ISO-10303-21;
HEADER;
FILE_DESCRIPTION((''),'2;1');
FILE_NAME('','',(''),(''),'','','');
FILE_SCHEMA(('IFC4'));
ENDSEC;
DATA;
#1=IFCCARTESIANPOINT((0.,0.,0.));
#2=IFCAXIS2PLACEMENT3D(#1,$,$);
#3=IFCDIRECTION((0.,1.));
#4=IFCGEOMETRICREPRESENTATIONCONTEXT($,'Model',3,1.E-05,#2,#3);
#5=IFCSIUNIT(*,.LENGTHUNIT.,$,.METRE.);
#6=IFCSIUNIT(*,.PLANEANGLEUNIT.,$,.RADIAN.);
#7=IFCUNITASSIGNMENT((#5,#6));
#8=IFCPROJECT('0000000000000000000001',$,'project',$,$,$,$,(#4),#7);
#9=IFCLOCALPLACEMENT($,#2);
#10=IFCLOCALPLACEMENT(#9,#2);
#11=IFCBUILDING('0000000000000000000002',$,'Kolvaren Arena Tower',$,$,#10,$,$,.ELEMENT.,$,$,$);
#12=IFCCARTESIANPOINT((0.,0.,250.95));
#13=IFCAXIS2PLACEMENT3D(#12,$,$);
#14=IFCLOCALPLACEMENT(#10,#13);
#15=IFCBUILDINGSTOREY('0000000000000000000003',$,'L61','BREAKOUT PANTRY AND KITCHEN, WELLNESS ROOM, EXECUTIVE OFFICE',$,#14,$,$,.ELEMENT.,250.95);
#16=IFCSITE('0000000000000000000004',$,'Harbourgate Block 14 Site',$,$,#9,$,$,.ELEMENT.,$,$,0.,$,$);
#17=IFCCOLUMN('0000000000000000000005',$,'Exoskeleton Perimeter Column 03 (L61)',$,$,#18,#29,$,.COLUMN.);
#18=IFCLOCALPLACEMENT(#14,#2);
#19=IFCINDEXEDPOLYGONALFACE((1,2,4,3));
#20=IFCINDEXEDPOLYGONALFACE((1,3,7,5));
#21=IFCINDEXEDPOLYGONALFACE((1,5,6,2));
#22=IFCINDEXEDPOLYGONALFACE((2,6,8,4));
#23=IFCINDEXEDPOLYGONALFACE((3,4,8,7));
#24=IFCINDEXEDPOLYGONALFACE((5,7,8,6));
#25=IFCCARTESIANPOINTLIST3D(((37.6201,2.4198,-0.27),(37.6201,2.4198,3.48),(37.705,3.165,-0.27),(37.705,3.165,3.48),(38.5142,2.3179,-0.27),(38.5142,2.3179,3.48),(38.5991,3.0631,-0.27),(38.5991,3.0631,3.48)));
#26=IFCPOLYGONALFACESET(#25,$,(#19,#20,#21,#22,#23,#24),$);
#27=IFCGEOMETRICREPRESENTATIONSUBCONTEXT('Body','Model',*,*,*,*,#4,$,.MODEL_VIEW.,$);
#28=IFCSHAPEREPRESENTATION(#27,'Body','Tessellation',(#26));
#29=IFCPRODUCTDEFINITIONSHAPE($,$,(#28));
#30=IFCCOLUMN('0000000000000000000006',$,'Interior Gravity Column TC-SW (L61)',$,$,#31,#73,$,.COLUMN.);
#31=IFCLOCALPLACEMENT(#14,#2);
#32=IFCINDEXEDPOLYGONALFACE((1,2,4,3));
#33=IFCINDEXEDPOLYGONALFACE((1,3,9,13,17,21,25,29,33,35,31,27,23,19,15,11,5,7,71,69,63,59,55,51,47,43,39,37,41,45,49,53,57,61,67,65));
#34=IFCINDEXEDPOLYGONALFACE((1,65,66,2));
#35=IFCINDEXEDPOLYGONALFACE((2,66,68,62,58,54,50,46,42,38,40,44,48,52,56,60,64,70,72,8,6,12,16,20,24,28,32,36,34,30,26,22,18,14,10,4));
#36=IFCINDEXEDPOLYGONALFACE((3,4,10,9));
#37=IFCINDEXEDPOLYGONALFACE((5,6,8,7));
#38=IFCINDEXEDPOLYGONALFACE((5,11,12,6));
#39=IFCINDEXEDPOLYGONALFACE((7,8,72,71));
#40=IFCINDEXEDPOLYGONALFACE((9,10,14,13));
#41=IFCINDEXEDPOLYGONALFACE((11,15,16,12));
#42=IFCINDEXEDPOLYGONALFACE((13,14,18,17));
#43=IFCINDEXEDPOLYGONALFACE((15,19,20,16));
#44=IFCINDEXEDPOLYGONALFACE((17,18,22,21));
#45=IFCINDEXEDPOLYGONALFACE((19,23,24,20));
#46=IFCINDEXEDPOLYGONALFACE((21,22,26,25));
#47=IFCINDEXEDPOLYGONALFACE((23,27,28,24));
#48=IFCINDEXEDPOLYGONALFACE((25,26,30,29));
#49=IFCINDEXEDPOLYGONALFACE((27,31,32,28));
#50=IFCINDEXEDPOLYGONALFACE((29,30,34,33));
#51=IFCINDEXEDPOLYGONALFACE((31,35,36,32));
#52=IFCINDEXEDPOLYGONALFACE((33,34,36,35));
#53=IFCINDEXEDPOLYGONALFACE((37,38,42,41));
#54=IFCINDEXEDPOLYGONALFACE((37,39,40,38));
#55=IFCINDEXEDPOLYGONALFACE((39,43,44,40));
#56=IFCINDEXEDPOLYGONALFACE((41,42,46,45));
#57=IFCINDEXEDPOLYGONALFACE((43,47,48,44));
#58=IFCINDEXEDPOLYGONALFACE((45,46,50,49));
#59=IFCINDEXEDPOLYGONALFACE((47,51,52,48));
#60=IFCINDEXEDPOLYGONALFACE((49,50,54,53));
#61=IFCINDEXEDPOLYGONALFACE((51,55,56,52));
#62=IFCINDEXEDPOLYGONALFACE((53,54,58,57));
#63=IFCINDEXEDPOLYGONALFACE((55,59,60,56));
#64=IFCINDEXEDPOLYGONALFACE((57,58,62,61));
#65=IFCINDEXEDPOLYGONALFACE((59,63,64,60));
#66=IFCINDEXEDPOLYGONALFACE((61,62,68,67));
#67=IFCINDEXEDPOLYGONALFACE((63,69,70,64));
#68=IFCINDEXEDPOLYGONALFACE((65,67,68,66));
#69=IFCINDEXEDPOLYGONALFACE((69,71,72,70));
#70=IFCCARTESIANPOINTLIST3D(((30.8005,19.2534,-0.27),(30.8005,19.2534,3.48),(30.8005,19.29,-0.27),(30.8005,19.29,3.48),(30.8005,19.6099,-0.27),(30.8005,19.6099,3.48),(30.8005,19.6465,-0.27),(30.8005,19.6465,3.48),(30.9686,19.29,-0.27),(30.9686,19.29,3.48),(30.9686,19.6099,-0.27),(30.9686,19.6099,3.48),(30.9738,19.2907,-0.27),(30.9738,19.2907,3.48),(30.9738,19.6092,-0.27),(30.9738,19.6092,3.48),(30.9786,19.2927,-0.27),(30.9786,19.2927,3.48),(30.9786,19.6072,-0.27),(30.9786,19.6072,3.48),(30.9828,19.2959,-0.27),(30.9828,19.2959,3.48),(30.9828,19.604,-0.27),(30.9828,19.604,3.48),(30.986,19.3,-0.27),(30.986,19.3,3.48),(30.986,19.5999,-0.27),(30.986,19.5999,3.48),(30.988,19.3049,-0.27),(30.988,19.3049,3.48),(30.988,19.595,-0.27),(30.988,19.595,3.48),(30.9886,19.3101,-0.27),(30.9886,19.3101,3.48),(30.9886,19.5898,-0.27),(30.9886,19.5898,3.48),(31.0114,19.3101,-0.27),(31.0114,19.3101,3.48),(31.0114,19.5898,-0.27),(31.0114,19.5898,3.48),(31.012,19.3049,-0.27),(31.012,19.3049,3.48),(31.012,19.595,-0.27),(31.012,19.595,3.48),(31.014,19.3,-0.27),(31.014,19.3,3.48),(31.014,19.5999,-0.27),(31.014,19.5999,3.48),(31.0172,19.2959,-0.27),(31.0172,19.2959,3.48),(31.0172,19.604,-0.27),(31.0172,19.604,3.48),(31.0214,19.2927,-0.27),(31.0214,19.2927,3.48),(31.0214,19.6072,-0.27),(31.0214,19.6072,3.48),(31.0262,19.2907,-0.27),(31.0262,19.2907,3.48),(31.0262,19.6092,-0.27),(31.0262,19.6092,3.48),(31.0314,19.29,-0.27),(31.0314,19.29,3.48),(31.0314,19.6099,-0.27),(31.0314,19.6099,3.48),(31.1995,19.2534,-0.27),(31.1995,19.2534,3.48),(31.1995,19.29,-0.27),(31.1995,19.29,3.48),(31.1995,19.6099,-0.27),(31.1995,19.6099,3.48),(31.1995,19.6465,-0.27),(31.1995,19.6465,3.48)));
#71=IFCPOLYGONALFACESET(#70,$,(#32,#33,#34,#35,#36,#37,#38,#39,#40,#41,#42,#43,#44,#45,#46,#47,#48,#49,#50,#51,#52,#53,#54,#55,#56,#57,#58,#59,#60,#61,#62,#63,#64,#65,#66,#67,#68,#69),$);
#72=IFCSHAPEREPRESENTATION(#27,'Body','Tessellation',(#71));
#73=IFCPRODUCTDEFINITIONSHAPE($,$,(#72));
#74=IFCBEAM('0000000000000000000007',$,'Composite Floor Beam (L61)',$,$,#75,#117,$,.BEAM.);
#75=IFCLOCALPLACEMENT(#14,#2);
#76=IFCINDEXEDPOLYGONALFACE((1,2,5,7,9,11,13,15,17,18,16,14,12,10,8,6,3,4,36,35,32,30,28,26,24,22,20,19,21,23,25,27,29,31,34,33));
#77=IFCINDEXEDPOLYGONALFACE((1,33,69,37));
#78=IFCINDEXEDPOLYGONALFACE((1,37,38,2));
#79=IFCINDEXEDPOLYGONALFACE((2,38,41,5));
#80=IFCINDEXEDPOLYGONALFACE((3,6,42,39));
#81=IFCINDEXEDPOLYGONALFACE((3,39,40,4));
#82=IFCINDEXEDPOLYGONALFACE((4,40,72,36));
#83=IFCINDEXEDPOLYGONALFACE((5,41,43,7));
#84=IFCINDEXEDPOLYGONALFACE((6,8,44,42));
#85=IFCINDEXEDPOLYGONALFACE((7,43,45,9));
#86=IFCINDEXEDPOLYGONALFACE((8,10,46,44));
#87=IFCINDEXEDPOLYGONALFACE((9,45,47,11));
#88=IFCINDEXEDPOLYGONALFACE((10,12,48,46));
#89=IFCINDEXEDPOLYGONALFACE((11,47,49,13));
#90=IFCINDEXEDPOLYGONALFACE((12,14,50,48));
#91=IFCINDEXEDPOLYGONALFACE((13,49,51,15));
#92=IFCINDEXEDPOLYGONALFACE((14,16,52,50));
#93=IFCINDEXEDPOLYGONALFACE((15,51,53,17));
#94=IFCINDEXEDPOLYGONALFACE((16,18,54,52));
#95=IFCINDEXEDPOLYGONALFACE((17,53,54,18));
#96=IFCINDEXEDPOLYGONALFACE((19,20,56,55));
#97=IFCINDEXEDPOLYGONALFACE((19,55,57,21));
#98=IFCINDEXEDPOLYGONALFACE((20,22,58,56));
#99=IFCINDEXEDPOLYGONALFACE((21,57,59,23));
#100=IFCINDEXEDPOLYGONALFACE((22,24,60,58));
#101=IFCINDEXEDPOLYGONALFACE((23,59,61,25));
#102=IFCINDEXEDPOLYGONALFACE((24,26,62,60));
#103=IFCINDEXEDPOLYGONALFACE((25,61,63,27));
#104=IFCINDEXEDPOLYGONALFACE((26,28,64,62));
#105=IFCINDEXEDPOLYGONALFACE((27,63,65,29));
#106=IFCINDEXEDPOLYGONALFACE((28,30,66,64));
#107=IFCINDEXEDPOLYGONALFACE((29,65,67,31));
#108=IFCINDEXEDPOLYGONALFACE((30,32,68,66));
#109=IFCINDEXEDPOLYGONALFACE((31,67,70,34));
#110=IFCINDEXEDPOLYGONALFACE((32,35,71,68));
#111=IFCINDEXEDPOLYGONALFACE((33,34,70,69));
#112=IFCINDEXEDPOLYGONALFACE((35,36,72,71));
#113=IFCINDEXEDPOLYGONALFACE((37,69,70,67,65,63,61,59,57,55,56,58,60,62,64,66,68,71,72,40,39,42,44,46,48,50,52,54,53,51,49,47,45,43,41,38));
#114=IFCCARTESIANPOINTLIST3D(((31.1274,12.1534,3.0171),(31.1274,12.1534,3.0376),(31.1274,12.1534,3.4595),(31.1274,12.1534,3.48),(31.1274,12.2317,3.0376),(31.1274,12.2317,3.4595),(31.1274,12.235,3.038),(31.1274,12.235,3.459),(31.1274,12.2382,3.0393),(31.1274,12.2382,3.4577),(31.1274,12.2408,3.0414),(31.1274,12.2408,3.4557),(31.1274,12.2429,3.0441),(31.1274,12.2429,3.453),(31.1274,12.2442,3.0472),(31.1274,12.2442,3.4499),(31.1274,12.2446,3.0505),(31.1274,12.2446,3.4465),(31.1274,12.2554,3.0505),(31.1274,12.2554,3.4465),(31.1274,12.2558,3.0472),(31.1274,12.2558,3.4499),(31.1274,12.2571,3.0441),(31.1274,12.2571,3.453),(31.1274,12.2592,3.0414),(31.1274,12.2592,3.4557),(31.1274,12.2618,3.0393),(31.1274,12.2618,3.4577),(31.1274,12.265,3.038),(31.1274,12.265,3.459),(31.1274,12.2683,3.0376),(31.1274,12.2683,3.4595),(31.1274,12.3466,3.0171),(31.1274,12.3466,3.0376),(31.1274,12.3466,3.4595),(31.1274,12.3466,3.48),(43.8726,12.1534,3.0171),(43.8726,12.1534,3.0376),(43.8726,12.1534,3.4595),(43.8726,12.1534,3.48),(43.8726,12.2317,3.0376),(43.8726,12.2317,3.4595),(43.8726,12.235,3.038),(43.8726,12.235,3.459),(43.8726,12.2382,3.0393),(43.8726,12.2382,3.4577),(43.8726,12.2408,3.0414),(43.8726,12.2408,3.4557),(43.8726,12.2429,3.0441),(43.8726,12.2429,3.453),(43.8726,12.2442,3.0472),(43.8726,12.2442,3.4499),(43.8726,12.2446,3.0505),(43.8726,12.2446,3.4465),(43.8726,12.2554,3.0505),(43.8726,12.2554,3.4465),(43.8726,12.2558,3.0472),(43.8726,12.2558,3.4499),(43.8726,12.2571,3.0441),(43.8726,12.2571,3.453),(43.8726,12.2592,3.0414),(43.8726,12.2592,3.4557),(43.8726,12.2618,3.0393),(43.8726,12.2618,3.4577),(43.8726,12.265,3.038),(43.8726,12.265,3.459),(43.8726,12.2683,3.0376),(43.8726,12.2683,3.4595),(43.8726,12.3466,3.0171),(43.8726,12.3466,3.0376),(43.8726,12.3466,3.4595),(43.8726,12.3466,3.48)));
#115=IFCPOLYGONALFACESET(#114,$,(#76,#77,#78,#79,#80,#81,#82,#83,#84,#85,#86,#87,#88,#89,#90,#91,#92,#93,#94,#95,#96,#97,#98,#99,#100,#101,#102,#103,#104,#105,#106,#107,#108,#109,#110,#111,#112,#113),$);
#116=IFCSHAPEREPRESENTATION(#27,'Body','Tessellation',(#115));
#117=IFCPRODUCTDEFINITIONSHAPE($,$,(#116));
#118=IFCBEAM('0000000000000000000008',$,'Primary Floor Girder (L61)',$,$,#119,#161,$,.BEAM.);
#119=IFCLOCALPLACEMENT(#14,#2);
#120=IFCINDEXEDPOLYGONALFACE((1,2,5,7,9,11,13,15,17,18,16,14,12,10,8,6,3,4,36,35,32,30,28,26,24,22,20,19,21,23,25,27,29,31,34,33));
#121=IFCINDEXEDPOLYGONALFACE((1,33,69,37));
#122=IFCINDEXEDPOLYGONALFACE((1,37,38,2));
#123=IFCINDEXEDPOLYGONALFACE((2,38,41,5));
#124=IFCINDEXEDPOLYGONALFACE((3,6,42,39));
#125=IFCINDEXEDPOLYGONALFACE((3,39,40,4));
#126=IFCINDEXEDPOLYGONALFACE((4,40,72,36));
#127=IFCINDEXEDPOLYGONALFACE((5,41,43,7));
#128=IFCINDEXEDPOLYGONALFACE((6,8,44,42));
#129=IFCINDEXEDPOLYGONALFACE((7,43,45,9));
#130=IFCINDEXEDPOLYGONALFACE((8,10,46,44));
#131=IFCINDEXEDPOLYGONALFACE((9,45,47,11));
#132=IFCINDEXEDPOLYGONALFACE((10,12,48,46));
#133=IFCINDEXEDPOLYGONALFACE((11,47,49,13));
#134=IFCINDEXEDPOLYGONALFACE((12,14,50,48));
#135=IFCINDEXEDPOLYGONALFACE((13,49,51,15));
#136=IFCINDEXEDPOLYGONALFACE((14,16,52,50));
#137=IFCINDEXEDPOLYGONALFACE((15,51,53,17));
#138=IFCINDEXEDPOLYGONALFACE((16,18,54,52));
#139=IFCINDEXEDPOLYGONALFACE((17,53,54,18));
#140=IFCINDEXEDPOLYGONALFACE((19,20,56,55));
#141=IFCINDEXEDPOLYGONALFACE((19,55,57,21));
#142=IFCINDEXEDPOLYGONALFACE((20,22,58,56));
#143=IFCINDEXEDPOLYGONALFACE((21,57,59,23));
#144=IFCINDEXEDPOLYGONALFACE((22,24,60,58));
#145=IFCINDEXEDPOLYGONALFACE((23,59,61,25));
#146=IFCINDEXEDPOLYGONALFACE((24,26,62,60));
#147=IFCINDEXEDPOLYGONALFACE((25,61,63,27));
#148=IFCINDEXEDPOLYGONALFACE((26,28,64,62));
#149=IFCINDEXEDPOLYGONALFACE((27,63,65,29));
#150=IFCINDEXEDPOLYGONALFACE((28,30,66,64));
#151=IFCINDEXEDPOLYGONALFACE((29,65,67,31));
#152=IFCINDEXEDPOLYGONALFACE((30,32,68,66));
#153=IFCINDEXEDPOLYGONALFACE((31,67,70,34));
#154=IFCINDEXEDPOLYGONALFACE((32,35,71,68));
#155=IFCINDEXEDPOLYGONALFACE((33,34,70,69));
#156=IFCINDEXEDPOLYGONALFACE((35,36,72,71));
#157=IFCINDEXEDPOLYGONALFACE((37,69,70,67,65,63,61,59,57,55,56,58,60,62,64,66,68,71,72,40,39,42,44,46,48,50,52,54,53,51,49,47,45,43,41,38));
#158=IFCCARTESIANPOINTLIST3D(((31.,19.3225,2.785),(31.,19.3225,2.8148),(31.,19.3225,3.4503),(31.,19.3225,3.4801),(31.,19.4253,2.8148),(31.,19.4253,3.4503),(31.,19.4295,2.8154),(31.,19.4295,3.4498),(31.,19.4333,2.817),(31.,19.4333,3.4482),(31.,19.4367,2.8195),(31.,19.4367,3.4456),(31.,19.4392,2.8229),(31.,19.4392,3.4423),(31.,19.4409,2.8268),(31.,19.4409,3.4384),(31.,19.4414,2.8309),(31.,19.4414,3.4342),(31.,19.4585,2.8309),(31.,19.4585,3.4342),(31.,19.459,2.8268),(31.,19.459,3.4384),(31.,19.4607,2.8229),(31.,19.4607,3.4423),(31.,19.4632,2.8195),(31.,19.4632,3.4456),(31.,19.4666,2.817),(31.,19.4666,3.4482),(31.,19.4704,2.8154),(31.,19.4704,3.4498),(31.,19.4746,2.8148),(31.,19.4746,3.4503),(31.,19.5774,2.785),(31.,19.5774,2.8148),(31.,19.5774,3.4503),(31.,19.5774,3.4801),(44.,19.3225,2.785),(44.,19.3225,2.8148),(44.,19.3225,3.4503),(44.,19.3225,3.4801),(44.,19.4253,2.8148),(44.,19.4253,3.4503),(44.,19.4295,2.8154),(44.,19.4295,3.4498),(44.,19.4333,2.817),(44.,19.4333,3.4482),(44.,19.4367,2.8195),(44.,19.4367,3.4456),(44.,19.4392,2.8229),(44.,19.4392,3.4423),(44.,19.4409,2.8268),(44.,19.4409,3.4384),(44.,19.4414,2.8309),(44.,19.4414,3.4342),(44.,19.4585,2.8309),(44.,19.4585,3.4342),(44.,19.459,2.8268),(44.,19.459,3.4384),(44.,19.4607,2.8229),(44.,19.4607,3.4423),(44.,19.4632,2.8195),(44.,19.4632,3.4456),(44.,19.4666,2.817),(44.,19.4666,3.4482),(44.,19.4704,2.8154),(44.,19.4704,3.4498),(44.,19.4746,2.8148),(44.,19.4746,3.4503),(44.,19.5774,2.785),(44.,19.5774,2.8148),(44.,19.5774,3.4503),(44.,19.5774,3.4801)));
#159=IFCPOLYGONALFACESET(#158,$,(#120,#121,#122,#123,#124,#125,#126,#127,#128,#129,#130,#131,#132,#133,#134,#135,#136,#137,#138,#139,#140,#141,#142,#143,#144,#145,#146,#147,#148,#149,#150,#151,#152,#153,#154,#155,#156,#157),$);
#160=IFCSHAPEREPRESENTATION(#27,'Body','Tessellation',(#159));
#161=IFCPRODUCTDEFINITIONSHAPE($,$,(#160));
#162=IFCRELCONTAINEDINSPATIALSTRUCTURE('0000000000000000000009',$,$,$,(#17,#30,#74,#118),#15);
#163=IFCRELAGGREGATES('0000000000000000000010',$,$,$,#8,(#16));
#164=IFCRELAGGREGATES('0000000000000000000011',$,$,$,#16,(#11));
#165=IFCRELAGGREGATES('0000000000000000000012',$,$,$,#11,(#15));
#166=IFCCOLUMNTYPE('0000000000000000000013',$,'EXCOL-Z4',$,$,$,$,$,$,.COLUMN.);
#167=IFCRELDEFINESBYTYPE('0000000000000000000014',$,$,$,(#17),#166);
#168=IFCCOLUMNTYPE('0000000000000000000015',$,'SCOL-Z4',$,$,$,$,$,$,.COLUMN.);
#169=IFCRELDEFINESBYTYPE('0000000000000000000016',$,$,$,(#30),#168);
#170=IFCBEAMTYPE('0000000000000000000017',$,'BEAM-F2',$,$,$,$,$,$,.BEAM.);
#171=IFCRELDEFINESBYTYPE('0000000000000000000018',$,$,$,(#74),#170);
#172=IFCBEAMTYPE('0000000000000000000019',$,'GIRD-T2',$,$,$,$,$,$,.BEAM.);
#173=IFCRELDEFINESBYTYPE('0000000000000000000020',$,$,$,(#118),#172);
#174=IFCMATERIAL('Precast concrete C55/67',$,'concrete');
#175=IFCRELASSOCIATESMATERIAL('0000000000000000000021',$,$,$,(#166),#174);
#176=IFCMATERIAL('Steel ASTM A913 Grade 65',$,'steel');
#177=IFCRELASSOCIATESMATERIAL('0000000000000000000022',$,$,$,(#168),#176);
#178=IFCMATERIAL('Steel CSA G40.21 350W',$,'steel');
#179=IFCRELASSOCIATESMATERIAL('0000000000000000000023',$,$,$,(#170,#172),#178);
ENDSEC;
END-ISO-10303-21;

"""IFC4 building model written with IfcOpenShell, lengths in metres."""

from ifc_helpers import new_model, si_unit, direction, frame, origin, origin_2d, place, context, subcontext, project, spatial, rectangle, i_section, extrude, material, material_profile, profile_set, type_object, element, save


model = new_model("IFC4")

# Units and contexts
model_context = context("Model", 3, precision=1e-05, world=origin(), true_north=direction((0.0, 1.0)))
body_context = subcontext(model_context, "Body", "Model", "MODEL_VIEW")
ifc_project = project(units=[si_unit("LENGTHUNIT", "METRE"), si_unit("PLANEANGLEUNIT", "RADIAN")], contexts=[model_context])

# Site, building, storey
site_placement = place(None, origin())
site = spatial("IfcSite", under=ifc_project, at=site_placement, Name="Harbourgate Block 14 Site", CompositionType="ELEMENT", RefElevation=0.0)
building_placement = place(site_placement, origin())
building = spatial("IfcBuilding", under=site, at=building_placement, Name="Kolvaren Arena Tower", CompositionType="ELEMENT")
storey_placement = place(building_placement, frame((0.0, 0.0, 250.95)))
storey = spatial("IfcBuildingStorey", under=building, at=storey_placement, Name="L61", Description="BREAKOUT PANTRY AND KITCHEN, WELLNESS ROOM, EXECUTIVE OFFICE", CompositionType="ELEMENT", Elevation=250.95)

# Columns
ifc_material_1 = material(Name="Precast concrete C55/67", Category="concrete")
ifc_material_profile_1 = material_profile(ifc_material_1, rectangle(XDim=0.8999, YDim=0.75, at=origin_2d()), Name="RC-900x750")
ifc_profile_set_1 = profile_set([ifc_material_profile_1], Name="Precast concrete C55/67")
column_type_1 = type_object("IfcColumnType", Name="EXCOL-Z4", PredefinedType="COLUMN", material=ifc_profile_set_1)
column_1_placement = place(storey_placement, frame((38.1096, 2.7415, -0.27), z_axis=(0.0, 0.0, 1.0), x_axis=(0.993572, -0.113203, 0.0)))
element("IfcColumn", 1, at=column_1_placement, inside=storey, type_object=column_type_1, Name="Exoskeleton Perimeter Column 03 (L61)", PredefinedType="COLUMN", context=body_context, shape_type="SweptSolid", body=[
    extrude(rectangle(XDim=0.8999, YDim=0.75, at=origin_2d()), origin(), (0.0, 0.0, 1.0), 3.75),
])
ifc_material_2 = material(Name="Steel ASTM A913 Grade 65", Category="steel")
ifc_material_profile_2 = material_profile(ifc_material_2, i_section(OverallWidth=0.3989, OverallDepth=0.3931, WebThickness=0.0227, FlangeThickness=0.0366, FilletRadius=0.02, at=origin_2d()), Name="W360x287")
ifc_profile_set_2 = profile_set([ifc_material_profile_2], Name="Steel ASTM A913 Grade 65")
column_type_2 = type_object("IfcColumnType", Name="SCOL-Z4", PredefinedType="COLUMN", material=ifc_profile_set_2)
column_2_placement = place(storey_placement, frame((31.0, 19.45, -0.27), z_axis=(0.0, 0.0, 1.0), x_axis=(1.0, 0.0, 0.0)))
element("IfcColumn", 2, at=column_2_placement, inside=storey, type_object=column_type_2, Name="Interior Gravity Column TC-SW (L61)", PredefinedType="COLUMN", context=body_context, shape_type="SweptSolid", body=[
    extrude(i_section(OverallWidth=0.3989, OverallDepth=0.3931, WebThickness=0.0227, FlangeThickness=0.0366, FilletRadius=0.02, at=origin_2d()), origin(), (0.0, 0.0, 1.0), 3.75),
])

# Beams
ifc_material_3 = material(Name="Steel CSA G40.21 350W", Category="steel")
ifc_material_profile_3 = material_profile(ifc_material_3, i_section(OverallWidth=0.1931, OverallDepth=0.4629, WebThickness=0.0107, FlangeThickness=0.0205, FilletRadius=0.0129, at=origin_2d()), Name="W460x113")
ifc_profile_set_3 = profile_set([ifc_material_profile_3], Name="Steel CSA G40.21 350W")
beam_type_1 = type_object("IfcBeamType", Name="BEAM-F2", PredefinedType="BEAM", material=ifc_profile_set_3)
beam_1_placement = place(storey_placement, frame((31.1274, 12.25, 3.2485), z_axis=(1.0, 0.0, 0.0), x_axis=(0.0, 1.0, 0.0)))
element("IfcBeam", 3, at=beam_1_placement, inside=storey, type_object=beam_type_1, Name="Composite Floor Beam (L61)", PredefinedType="BEAM", context=body_context, shape_type="SweptSolid", body=[
    extrude(i_section(OverallWidth=0.1931, OverallDepth=0.4629, WebThickness=0.0107, FlangeThickness=0.0205, FilletRadius=0.0129, at=origin_2d()), origin(), (0.0, 0.0, 1.0), 12.7451),
])
ifc_material_profile_4 = material_profile(ifc_material_3, i_section(OverallWidth=0.2549, OverallDepth=0.6951, WebThickness=0.0171, FlangeThickness=0.0298, FilletRadius=0.0161, at=origin_2d()), Name="W690x217")
ifc_profile_set_4 = profile_set([ifc_material_profile_4], Name="Steel CSA G40.21 350W")
beam_type_2 = type_object("IfcBeamType", Name="GIRD-T2", PredefinedType="BEAM", material=ifc_profile_set_4)
beam_2_placement = place(storey_placement, frame((31.0, 19.45, 3.1326), z_axis=(1.0, 0.0, 0.0), x_axis=(0.0, 1.0, 0.0)))
element("IfcBeam", 4, at=beam_2_placement, inside=storey, type_object=beam_type_2, Name="Primary Floor Girder (L61)", PredefinedType="BEAM", context=body_context, shape_type="SweptSolid", body=[
    extrude(i_section(OverallWidth=0.2549, OverallDepth=0.6951, WebThickness=0.0171, FlangeThickness=0.0298, FilletRadius=0.0161, at=origin_2d()), origin(), (0.0, 0.0, 1.0), 13.0),
])

save(model, "model.ifc")
